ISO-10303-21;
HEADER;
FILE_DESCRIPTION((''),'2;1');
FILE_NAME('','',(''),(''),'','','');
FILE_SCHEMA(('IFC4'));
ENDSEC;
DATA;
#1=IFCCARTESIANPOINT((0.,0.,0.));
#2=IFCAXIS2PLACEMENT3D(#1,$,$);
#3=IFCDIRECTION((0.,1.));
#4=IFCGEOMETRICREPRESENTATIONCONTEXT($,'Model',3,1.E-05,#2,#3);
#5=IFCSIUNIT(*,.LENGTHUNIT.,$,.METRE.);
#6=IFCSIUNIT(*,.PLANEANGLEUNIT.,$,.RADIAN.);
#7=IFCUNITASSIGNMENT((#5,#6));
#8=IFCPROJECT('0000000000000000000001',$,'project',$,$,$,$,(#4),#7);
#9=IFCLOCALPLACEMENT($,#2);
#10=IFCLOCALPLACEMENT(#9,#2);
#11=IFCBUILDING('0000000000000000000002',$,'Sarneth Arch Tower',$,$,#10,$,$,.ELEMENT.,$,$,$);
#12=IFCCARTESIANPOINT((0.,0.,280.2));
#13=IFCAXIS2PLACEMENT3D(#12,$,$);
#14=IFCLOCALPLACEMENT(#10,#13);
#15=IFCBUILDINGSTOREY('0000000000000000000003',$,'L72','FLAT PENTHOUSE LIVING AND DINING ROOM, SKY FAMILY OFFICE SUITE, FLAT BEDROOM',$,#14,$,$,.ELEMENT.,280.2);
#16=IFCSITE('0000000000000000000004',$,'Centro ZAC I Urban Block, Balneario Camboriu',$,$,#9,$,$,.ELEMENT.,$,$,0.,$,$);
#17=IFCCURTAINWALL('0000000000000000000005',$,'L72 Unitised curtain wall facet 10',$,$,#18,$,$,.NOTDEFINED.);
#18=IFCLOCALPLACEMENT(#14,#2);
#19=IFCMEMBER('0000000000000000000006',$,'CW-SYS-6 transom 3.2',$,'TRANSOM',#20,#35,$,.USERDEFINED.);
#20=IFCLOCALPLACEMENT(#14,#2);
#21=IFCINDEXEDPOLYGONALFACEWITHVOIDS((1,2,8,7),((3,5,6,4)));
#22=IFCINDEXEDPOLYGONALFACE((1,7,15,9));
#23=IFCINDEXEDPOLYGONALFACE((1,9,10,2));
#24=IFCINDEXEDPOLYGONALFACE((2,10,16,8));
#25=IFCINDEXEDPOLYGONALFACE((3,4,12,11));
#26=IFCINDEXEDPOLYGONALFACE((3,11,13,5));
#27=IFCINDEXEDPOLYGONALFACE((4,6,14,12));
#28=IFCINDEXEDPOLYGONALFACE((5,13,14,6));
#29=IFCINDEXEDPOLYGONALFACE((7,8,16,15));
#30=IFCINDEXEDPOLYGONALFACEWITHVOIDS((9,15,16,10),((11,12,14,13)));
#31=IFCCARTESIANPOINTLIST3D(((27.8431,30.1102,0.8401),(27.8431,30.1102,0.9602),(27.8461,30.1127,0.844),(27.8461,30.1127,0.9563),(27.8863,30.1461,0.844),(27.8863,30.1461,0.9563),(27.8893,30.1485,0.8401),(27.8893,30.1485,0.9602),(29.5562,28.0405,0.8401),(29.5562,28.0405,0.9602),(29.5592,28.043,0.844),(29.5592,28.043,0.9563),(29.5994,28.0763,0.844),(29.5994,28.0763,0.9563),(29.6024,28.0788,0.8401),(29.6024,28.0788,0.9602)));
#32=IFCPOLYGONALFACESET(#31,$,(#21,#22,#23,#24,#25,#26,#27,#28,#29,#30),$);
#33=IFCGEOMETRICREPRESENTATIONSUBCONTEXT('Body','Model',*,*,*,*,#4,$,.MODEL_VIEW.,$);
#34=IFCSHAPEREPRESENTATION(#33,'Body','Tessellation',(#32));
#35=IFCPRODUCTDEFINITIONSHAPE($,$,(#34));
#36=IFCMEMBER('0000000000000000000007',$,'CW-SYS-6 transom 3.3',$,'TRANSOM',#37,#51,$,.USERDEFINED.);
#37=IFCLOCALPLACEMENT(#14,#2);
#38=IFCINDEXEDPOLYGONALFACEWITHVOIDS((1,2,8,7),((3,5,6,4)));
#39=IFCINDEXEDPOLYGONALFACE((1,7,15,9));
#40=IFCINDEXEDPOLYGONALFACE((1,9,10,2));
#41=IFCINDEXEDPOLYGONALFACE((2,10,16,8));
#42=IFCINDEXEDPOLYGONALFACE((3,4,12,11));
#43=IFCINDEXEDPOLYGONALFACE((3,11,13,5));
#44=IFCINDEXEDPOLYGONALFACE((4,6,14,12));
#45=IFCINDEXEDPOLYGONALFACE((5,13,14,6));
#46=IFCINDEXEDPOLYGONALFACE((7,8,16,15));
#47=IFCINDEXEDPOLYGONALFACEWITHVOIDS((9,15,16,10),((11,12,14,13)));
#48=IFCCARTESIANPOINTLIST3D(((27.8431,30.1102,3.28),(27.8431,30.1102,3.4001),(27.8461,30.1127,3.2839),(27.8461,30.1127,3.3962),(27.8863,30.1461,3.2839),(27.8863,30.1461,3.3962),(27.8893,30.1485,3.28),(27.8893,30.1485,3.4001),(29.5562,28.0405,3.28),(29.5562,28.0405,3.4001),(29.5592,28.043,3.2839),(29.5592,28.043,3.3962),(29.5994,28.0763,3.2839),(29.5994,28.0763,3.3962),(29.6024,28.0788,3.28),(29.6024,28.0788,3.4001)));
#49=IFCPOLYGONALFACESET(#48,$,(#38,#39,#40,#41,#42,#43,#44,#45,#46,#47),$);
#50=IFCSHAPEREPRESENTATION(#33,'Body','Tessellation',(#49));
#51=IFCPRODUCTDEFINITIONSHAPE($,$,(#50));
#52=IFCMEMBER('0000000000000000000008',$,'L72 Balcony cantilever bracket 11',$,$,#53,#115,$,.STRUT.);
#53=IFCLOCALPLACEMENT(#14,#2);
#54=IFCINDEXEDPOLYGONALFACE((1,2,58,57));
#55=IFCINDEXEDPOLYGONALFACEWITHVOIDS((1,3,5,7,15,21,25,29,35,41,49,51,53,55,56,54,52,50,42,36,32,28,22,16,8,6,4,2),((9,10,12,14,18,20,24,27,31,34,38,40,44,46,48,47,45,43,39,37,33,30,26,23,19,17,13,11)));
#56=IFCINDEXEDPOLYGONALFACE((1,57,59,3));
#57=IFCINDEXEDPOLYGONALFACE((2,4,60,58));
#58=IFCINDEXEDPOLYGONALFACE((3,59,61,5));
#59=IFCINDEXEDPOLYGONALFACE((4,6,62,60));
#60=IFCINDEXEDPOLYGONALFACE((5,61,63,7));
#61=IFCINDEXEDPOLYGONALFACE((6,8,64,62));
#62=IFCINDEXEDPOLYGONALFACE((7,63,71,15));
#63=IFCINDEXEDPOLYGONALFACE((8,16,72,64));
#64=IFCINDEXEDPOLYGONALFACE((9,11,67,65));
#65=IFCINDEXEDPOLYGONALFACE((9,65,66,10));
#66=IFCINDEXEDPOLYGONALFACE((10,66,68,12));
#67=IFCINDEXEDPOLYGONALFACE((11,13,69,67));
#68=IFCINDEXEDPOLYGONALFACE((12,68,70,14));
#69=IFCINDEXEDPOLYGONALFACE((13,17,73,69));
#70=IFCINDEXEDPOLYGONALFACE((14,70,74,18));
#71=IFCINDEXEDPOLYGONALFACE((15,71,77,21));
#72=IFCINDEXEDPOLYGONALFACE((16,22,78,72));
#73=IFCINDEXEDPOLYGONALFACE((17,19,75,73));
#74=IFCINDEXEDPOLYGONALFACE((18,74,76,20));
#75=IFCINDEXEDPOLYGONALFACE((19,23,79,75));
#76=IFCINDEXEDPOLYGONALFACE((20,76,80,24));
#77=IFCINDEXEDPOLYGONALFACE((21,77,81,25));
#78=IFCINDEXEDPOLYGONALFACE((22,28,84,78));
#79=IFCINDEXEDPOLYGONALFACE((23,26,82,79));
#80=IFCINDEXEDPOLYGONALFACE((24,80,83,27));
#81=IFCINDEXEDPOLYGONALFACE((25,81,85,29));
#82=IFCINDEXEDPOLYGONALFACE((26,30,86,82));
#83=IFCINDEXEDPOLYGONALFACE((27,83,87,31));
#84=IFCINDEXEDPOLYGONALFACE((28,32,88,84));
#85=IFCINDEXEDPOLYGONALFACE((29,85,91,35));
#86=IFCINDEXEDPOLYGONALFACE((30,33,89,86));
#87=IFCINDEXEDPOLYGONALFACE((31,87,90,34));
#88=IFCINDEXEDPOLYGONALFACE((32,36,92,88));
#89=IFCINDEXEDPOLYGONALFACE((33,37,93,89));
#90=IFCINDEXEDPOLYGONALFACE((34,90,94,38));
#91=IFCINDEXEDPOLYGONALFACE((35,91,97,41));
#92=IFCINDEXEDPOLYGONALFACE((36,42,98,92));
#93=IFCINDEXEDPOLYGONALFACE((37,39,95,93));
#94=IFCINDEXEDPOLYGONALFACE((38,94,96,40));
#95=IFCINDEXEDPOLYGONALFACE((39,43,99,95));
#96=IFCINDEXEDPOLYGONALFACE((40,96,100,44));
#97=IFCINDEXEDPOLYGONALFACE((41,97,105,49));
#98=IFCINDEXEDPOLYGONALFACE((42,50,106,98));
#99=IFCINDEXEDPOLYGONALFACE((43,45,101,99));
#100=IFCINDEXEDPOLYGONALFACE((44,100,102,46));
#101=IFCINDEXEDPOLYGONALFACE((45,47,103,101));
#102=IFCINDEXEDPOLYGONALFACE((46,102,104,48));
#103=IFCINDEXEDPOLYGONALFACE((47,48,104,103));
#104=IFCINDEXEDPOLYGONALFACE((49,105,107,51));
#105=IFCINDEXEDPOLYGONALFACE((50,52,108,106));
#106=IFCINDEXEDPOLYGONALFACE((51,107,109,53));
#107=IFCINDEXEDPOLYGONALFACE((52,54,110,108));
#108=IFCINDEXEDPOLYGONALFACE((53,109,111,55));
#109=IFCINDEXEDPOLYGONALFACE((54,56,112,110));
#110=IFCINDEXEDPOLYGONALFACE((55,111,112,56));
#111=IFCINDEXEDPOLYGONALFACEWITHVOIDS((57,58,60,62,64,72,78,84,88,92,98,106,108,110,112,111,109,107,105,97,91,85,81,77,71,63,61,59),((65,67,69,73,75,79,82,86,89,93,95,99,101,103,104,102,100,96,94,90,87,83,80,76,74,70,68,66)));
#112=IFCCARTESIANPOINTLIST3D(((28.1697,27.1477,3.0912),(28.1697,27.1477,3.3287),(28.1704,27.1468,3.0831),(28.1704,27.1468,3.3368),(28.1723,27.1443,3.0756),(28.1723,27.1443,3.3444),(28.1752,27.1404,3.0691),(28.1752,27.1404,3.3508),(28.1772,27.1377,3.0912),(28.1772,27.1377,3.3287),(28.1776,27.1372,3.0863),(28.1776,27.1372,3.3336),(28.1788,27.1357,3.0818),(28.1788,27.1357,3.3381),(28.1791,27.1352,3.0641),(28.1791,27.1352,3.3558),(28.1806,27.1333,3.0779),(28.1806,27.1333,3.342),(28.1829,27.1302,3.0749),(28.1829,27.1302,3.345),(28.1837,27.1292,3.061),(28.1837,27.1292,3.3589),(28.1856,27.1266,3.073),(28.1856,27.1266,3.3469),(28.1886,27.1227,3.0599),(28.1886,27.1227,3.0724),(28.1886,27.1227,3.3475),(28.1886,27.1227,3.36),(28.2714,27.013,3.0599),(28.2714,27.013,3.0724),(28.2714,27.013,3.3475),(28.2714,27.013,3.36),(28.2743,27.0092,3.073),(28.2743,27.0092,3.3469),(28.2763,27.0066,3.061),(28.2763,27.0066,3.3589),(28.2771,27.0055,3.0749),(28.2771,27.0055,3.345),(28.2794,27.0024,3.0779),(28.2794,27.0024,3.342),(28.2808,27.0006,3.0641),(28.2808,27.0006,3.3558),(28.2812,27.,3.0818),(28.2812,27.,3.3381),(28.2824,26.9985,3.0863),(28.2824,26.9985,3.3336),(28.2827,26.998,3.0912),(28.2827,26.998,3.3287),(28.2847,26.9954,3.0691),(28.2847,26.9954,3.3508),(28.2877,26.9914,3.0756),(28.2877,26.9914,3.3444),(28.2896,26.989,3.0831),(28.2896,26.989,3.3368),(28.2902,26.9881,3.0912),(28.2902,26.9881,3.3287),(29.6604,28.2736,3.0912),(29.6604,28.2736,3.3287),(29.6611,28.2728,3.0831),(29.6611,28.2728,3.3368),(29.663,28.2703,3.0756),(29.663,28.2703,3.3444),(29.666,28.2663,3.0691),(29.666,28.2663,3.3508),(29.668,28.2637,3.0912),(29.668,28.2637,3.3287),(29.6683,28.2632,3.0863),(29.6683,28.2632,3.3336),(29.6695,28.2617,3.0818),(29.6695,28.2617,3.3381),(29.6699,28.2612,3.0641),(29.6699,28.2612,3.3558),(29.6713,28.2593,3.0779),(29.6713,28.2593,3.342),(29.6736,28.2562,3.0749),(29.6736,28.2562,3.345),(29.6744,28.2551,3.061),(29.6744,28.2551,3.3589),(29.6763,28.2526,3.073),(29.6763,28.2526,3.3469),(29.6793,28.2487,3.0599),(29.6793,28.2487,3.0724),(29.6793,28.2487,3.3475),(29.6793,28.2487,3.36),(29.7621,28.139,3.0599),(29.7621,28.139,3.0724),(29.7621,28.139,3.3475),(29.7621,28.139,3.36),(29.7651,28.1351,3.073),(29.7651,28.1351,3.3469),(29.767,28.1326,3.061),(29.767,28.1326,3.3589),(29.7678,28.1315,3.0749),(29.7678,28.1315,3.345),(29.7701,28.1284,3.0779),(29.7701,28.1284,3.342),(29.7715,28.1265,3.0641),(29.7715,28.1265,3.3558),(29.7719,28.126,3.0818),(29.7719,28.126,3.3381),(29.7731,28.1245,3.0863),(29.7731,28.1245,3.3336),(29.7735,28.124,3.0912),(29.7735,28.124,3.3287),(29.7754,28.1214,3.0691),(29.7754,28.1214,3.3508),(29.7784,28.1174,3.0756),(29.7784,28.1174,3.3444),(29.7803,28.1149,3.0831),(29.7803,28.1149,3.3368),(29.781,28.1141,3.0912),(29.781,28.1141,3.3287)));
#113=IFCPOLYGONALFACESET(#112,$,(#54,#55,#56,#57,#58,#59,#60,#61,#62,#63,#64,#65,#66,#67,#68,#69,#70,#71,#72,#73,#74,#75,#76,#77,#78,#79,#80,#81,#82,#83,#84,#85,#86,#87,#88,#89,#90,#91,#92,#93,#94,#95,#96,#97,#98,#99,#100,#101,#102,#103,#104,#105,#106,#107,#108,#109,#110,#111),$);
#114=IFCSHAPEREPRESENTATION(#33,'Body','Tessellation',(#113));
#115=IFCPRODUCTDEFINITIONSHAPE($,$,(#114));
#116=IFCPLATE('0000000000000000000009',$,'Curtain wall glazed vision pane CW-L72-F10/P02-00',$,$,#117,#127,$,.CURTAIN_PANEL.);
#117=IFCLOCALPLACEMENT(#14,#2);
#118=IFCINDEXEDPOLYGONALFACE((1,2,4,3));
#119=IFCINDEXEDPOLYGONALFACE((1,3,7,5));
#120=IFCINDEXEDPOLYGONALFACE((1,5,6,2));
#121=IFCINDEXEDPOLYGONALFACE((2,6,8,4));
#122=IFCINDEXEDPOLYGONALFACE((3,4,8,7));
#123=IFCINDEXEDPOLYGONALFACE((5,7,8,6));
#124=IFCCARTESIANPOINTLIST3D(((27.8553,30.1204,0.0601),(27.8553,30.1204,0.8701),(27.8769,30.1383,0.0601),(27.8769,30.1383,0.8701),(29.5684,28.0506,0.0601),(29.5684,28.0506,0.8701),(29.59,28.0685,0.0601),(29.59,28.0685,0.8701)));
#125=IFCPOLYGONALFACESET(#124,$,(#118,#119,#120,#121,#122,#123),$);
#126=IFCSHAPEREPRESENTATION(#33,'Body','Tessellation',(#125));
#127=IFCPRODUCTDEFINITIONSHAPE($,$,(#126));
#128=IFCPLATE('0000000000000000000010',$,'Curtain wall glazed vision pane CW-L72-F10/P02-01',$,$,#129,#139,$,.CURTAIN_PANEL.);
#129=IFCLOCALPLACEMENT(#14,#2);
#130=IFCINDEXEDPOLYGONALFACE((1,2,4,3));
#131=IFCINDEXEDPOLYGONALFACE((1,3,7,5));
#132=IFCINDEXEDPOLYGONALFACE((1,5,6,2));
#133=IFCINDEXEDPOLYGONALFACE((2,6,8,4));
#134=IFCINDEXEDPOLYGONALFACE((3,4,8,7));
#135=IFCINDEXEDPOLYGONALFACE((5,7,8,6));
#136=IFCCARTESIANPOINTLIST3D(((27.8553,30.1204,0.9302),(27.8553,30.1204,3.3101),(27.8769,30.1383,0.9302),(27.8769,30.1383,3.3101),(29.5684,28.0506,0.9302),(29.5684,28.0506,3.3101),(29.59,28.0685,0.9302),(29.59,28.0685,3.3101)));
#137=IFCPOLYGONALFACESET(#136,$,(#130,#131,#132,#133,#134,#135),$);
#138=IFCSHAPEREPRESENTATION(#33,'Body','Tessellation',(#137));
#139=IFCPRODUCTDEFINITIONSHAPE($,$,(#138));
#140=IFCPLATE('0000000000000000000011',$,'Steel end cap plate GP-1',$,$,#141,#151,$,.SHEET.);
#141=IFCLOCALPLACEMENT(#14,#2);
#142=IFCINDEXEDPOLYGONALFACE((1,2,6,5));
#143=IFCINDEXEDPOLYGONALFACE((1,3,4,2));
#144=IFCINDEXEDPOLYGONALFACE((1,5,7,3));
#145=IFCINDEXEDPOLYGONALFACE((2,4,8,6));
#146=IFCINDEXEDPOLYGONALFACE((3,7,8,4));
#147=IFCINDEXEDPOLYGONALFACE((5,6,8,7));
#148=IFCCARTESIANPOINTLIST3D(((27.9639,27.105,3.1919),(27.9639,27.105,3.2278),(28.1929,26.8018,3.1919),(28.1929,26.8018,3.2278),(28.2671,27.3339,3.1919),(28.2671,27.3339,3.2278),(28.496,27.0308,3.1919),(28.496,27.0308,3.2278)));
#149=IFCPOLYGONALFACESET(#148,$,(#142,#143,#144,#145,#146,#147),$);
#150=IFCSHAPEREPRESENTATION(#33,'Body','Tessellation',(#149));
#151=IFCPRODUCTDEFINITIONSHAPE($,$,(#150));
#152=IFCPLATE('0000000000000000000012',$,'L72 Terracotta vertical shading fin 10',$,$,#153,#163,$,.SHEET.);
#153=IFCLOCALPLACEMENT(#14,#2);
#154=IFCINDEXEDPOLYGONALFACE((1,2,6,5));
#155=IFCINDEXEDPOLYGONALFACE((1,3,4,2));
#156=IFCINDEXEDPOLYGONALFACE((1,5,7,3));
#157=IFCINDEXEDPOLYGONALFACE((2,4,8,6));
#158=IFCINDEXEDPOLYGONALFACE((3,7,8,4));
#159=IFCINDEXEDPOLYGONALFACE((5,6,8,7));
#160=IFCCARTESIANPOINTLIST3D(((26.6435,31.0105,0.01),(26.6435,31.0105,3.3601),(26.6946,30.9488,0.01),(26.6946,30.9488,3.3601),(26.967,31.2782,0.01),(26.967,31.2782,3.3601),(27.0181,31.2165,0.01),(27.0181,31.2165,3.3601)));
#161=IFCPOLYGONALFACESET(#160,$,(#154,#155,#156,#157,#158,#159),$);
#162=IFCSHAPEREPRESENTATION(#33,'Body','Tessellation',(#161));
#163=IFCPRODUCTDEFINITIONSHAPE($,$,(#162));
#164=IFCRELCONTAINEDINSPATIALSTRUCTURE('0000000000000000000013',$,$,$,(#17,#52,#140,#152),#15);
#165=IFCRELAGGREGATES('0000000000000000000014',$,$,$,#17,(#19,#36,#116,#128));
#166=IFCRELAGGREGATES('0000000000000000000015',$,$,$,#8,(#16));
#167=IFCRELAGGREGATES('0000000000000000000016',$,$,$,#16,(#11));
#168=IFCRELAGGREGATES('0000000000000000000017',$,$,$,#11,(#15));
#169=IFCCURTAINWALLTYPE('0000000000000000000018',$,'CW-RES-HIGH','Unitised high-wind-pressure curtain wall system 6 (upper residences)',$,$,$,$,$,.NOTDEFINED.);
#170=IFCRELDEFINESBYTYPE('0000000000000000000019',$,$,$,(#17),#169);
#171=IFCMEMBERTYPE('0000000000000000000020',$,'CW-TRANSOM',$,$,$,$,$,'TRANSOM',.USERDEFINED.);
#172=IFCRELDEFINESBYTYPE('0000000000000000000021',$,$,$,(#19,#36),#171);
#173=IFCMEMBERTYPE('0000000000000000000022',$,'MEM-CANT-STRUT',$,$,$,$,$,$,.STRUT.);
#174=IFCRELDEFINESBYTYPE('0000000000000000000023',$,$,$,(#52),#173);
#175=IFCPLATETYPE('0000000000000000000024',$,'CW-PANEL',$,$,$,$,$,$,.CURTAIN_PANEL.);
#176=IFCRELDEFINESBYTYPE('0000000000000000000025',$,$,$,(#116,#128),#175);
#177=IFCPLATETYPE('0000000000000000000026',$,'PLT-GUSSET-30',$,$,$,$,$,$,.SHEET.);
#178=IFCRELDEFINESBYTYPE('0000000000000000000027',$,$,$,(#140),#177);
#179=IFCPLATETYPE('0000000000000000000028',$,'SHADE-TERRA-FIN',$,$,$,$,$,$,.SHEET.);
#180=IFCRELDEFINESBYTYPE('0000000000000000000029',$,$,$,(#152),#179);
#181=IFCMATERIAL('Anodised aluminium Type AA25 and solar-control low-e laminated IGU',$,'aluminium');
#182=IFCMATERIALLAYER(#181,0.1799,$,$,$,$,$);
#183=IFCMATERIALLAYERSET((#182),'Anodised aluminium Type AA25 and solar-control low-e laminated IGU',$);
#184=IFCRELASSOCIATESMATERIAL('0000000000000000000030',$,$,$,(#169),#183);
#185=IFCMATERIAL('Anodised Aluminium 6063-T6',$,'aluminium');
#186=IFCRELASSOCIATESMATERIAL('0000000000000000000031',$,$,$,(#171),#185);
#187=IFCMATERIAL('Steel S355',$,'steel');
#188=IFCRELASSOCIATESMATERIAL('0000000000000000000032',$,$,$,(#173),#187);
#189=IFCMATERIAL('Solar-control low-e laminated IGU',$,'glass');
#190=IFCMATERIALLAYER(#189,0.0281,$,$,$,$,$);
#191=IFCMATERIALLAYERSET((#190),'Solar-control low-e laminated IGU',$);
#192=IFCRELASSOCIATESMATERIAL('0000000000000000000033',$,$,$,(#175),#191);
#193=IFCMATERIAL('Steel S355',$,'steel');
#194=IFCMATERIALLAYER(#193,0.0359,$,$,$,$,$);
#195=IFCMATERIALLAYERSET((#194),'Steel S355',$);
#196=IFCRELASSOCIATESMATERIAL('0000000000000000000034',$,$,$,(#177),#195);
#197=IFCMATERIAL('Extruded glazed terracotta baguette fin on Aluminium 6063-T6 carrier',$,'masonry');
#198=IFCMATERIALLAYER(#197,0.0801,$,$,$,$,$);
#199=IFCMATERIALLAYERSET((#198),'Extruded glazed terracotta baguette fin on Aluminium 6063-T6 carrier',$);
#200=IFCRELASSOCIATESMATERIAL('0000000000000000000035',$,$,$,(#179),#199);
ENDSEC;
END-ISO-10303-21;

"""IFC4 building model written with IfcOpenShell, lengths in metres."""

from ifc_helpers import new_model, si_unit, direction, frame, origin, origin_2d, place, context, subcontext, project, spatial, rectangle, hollow_rectangle, extrude, material, layer, layer_set, material_profile, profile_set, type_object, element, aggregate, save


model = new_model("IFC4")

# Units and contexts
model_context = context("Model", 3, precision=1e-05, world=origin(), true_north=direction((0.0, 1.0)))
body_context = subcontext(model_context, "Body", "Model", "MODEL_VIEW")
ifc_project = project(units=[si_unit("LENGTHUNIT", "METRE"), si_unit("PLANEANGLEUNIT", "RADIAN")], contexts=[model_context])

# Site, building, storey
site_placement = place(None, origin())
site = spatial("IfcSite", under=ifc_project, at=site_placement, Name="Centro ZAC I Urban Block, Balneario Camboriu", CompositionType="ELEMENT", RefElevation=0.0)
building_placement = place(site_placement, origin())
building = spatial("IfcBuilding", under=site, at=building_placement, Name="Sarneth Arch Tower", CompositionType="ELEMENT")
storey_placement = place(building_placement, frame((0.0, 0.0, 280.2)))
storey = spatial("IfcBuildingStorey", under=building, at=storey_placement, Name="L72", Description="FLAT PENTHOUSE LIVING AND DINING ROOM, SKY FAMILY OFFICE SUITE, FLAT BEDROOM", CompositionType="ELEMENT", Elevation=280.2)

# Curtain wall, members
ifc_material_1 = material(Name="Anodised aluminium Type AA25 and solar-control low-e laminated IGU", Category="aluminium")
ifc_layer_1 = layer(ifc_material_1, 0.1799)
ifc_layer_set_1 = layer_set([ifc_layer_1], Name="Anodised aluminium Type AA25 and solar-control low-e laminated IGU")
curtain_wall_type = type_object("IfcCurtainWallType", Name="CW-RES-HIGH", Description="Unitised high-wind-pressure curtain wall system 6 (upper residences)", PredefinedType="NOTDEFINED", material=ifc_layer_set_1)
curtain_wall_placement = place(storey_placement, origin())
curtain_wall = element("IfcCurtainWall", 1, at=curtain_wall_placement, inside=storey, type_object=curtain_wall_type, Name="L72 Unitised curtain wall facet 10", PredefinedType="NOTDEFINED")
ifc_material_2 = material(Name="Anodised Aluminium 6063-T6", Category="aluminium")
ifc_material_profile_1 = material_profile(ifc_material_2, hollow_rectangle(XDim=0.0601, YDim=0.1201, WallThickness=0.0039, at=origin_2d()), Name="AL-TRAN-120x60x4")
ifc_profile_set_1 = profile_set([ifc_material_profile_1], Name="Anodised Aluminium 6063-T6")
member_type_1 = type_object("IfcMemberType", Name="CW-TRANSOM", ElementType="TRANSOM", PredefinedType="USERDEFINED", material=ifc_profile_set_1)
member_1_placement = place(storey_placement, frame((27.8662, 30.1294, 0.9001), z_axis=(0.637607, -0.770362, 0.0), x_axis=(0.770362, 0.637607, 0.0)))
member_1 = element("IfcMember", 2, at=member_1_placement, type_object=member_type_1, Name="CW-SYS-6 transom 3.2", ObjectType="TRANSOM", PredefinedType="USERDEFINED", context=body_context, shape_type="SweptSolid", body=[
    extrude(hollow_rectangle(XDim=0.0601, YDim=0.1201, WallThickness=0.0039, at=origin_2d()), origin(), (0.0, 0.0, 1.0), 2.6868),
])
member_2_placement = place(storey_placement, frame((27.8662, 30.1294, 3.3401), z_axis=(0.637607, -0.770362, 0.0), x_axis=(0.770362, 0.637607, 0.0)))
member_2 = element("IfcMember", 3, at=member_2_placement, type_object=member_type_1, Name="CW-SYS-6 transom 3.3", ObjectType="TRANSOM", PredefinedType="USERDEFINED", context=body_context, shape_type="SweptSolid", body=[
    extrude(hollow_rectangle(XDim=0.0601, YDim=0.1201, WallThickness=0.0039, at=origin_2d()), origin(), (0.0, 0.0, 1.0), 2.6868),
])

# Member
ifc_material_3 = material(Name="Steel S355", Category="steel")
ifc_material_profile_2 = material_profile(ifc_material_3, hollow_rectangle(XDim=0.2, YDim=0.3, WallThickness=0.0125, InnerFilletRadius=0.0188, OuterFilletRadius=0.0312, at=origin_2d()), Name="RHS300x200x12.5")
ifc_profile_set_2 = profile_set([ifc_material_profile_2], Name="Steel S355")
member_type_2 = type_object("IfcMemberType", Name="MEM-CANT-STRUT", PredefinedType="STRUT", material=ifc_profile_set_2)
member_3_placement = place(storey_placement, frame((29.7207, 28.1938, 3.21), z_axis=(-0.797957, -0.602715, 0.0), x_axis=(0.602715, -0.797957, 0.0)))
element("IfcMember", 4, at=member_3_placement, inside=storey, type_object=member_type_2, Name="L72 Balcony cantilever bracket 11", PredefinedType="STRUT", context=body_context, shape_type="SweptSolid", body=[
    extrude(hollow_rectangle(XDim=0.2, YDim=0.3, WallThickness=0.0125, InnerFilletRadius=0.0188, OuterFilletRadius=0.0312, at=origin_2d()), origin(), (0.0, 0.0, 1.0), 1.8682),
])

# Plates
ifc_material_4 = material(Name="Solar-control low-e laminated IGU", Category="glass")
ifc_layer_2 = layer(ifc_material_4, 0.0281)
ifc_layer_set_2 = layer_set([ifc_layer_2], Name="Solar-control low-e laminated IGU")
plate_type_1 = type_object("IfcPlateType", Name="CW-PANEL", PredefinedType="CURTAIN_PANEL", material=ifc_layer_set_2)
plate_1_placement = place(storey_placement, frame((28.7227, 29.0945, 0.0601), z_axis=(0.0, 0.0, 1.0), x_axis=(0.63761, -0.770359, 0.0)))
plate_1 = element("IfcPlate", 5, at=plate_1_placement, type_object=plate_type_1, Name="Curtain wall glazed vision pane CW-L72-F10/P02-00", PredefinedType="CURTAIN_PANEL", context=body_context, shape_type="SweptSolid", body=[
    extrude(rectangle(XDim=2.6868, YDim=0.0281, at=origin_2d()), origin(), (0.0, 0.0, 1.0), 0.8101),
])
plate_2_placement = place(storey_placement, frame((28.7227, 29.0945, 0.9302), z_axis=(0.0, 0.0, 1.0), x_axis=(0.63761, -0.770359, 0.0)))
plate_2 = element("IfcPlate", 6, at=plate_2_placement, type_object=plate_type_1, Name="Curtain wall glazed vision pane CW-L72-F10/P02-01", PredefinedType="CURTAIN_PANEL", context=body_context, shape_type="SweptSolid", body=[
    extrude(rectangle(XDim=2.6868, YDim=0.0281, at=origin_2d()), origin(), (0.0, 0.0, 1.0), 2.3799),
])
aggregate(curtain_wall, [member_1, member_2, plate_1, plate_2])

# Plates
ifc_material_5 = material(Name="Steel S355", Category="steel")
ifc_layer_3 = layer(ifc_material_5, 0.0359)
ifc_layer_set_3 = layer_set([ifc_layer_3], Name="Steel S355")
plate_type_2 = type_object("IfcPlateType", Name="PLT-GUSSET-30", PredefinedType="SHEET", material=ifc_layer_set_3)
plate_3_placement = place(storey_placement, frame((28.23, 27.0679, 3.1919), z_axis=(0.0, 0.0, 1.0), x_axis=(-0.798005, -0.602651, 0.0)))
element("IfcPlate", 7, at=plate_3_placement, inside=storey, type_object=plate_type_2, Name="Steel end cap plate GP-1", PredefinedType="SHEET", context=body_context, shape_type="SweptSolid", body=[
    extrude(rectangle(XDim=0.3799, YDim=0.3799, at=origin_2d()), origin(), (0.0, 0.0, 1.0), 0.0359),
])
ifc_material_6 = material(Name="Extruded glazed terracotta baguette fin on Aluminium 6063-T6 carrier", Category="masonry")
ifc_layer_4 = layer(ifc_material_6, 0.0801)
ifc_layer_set_4 = layer_set([ifc_layer_4], Name="Extruded glazed terracotta baguette fin on Aluminium 6063-T6 carrier")
plate_type_3 = type_object("IfcPlateType", Name="SHADE-TERRA-FIN", PredefinedType="SHEET", material=ifc_layer_set_4)
plate_4_placement = place(storey_placement, frame((26.8308, 31.1135, 0.01), z_axis=(0.0, 0.0, 1.0), x_axis=(-0.770402, -0.637558, 0.0)))
element("IfcPlate", 8, at=plate_4_placement, inside=storey, type_object=plate_type_3, Name="L72 Terracotta vertical shading fin 10", PredefinedType="SHEET", context=body_context, shape_type="SweptSolid", body=[
    extrude(rectangle(XDim=0.4199, YDim=0.0801, at=origin_2d()), origin(), (0.0, 0.0, 1.0), 3.3501),
])

save(model, "model.ifc")
